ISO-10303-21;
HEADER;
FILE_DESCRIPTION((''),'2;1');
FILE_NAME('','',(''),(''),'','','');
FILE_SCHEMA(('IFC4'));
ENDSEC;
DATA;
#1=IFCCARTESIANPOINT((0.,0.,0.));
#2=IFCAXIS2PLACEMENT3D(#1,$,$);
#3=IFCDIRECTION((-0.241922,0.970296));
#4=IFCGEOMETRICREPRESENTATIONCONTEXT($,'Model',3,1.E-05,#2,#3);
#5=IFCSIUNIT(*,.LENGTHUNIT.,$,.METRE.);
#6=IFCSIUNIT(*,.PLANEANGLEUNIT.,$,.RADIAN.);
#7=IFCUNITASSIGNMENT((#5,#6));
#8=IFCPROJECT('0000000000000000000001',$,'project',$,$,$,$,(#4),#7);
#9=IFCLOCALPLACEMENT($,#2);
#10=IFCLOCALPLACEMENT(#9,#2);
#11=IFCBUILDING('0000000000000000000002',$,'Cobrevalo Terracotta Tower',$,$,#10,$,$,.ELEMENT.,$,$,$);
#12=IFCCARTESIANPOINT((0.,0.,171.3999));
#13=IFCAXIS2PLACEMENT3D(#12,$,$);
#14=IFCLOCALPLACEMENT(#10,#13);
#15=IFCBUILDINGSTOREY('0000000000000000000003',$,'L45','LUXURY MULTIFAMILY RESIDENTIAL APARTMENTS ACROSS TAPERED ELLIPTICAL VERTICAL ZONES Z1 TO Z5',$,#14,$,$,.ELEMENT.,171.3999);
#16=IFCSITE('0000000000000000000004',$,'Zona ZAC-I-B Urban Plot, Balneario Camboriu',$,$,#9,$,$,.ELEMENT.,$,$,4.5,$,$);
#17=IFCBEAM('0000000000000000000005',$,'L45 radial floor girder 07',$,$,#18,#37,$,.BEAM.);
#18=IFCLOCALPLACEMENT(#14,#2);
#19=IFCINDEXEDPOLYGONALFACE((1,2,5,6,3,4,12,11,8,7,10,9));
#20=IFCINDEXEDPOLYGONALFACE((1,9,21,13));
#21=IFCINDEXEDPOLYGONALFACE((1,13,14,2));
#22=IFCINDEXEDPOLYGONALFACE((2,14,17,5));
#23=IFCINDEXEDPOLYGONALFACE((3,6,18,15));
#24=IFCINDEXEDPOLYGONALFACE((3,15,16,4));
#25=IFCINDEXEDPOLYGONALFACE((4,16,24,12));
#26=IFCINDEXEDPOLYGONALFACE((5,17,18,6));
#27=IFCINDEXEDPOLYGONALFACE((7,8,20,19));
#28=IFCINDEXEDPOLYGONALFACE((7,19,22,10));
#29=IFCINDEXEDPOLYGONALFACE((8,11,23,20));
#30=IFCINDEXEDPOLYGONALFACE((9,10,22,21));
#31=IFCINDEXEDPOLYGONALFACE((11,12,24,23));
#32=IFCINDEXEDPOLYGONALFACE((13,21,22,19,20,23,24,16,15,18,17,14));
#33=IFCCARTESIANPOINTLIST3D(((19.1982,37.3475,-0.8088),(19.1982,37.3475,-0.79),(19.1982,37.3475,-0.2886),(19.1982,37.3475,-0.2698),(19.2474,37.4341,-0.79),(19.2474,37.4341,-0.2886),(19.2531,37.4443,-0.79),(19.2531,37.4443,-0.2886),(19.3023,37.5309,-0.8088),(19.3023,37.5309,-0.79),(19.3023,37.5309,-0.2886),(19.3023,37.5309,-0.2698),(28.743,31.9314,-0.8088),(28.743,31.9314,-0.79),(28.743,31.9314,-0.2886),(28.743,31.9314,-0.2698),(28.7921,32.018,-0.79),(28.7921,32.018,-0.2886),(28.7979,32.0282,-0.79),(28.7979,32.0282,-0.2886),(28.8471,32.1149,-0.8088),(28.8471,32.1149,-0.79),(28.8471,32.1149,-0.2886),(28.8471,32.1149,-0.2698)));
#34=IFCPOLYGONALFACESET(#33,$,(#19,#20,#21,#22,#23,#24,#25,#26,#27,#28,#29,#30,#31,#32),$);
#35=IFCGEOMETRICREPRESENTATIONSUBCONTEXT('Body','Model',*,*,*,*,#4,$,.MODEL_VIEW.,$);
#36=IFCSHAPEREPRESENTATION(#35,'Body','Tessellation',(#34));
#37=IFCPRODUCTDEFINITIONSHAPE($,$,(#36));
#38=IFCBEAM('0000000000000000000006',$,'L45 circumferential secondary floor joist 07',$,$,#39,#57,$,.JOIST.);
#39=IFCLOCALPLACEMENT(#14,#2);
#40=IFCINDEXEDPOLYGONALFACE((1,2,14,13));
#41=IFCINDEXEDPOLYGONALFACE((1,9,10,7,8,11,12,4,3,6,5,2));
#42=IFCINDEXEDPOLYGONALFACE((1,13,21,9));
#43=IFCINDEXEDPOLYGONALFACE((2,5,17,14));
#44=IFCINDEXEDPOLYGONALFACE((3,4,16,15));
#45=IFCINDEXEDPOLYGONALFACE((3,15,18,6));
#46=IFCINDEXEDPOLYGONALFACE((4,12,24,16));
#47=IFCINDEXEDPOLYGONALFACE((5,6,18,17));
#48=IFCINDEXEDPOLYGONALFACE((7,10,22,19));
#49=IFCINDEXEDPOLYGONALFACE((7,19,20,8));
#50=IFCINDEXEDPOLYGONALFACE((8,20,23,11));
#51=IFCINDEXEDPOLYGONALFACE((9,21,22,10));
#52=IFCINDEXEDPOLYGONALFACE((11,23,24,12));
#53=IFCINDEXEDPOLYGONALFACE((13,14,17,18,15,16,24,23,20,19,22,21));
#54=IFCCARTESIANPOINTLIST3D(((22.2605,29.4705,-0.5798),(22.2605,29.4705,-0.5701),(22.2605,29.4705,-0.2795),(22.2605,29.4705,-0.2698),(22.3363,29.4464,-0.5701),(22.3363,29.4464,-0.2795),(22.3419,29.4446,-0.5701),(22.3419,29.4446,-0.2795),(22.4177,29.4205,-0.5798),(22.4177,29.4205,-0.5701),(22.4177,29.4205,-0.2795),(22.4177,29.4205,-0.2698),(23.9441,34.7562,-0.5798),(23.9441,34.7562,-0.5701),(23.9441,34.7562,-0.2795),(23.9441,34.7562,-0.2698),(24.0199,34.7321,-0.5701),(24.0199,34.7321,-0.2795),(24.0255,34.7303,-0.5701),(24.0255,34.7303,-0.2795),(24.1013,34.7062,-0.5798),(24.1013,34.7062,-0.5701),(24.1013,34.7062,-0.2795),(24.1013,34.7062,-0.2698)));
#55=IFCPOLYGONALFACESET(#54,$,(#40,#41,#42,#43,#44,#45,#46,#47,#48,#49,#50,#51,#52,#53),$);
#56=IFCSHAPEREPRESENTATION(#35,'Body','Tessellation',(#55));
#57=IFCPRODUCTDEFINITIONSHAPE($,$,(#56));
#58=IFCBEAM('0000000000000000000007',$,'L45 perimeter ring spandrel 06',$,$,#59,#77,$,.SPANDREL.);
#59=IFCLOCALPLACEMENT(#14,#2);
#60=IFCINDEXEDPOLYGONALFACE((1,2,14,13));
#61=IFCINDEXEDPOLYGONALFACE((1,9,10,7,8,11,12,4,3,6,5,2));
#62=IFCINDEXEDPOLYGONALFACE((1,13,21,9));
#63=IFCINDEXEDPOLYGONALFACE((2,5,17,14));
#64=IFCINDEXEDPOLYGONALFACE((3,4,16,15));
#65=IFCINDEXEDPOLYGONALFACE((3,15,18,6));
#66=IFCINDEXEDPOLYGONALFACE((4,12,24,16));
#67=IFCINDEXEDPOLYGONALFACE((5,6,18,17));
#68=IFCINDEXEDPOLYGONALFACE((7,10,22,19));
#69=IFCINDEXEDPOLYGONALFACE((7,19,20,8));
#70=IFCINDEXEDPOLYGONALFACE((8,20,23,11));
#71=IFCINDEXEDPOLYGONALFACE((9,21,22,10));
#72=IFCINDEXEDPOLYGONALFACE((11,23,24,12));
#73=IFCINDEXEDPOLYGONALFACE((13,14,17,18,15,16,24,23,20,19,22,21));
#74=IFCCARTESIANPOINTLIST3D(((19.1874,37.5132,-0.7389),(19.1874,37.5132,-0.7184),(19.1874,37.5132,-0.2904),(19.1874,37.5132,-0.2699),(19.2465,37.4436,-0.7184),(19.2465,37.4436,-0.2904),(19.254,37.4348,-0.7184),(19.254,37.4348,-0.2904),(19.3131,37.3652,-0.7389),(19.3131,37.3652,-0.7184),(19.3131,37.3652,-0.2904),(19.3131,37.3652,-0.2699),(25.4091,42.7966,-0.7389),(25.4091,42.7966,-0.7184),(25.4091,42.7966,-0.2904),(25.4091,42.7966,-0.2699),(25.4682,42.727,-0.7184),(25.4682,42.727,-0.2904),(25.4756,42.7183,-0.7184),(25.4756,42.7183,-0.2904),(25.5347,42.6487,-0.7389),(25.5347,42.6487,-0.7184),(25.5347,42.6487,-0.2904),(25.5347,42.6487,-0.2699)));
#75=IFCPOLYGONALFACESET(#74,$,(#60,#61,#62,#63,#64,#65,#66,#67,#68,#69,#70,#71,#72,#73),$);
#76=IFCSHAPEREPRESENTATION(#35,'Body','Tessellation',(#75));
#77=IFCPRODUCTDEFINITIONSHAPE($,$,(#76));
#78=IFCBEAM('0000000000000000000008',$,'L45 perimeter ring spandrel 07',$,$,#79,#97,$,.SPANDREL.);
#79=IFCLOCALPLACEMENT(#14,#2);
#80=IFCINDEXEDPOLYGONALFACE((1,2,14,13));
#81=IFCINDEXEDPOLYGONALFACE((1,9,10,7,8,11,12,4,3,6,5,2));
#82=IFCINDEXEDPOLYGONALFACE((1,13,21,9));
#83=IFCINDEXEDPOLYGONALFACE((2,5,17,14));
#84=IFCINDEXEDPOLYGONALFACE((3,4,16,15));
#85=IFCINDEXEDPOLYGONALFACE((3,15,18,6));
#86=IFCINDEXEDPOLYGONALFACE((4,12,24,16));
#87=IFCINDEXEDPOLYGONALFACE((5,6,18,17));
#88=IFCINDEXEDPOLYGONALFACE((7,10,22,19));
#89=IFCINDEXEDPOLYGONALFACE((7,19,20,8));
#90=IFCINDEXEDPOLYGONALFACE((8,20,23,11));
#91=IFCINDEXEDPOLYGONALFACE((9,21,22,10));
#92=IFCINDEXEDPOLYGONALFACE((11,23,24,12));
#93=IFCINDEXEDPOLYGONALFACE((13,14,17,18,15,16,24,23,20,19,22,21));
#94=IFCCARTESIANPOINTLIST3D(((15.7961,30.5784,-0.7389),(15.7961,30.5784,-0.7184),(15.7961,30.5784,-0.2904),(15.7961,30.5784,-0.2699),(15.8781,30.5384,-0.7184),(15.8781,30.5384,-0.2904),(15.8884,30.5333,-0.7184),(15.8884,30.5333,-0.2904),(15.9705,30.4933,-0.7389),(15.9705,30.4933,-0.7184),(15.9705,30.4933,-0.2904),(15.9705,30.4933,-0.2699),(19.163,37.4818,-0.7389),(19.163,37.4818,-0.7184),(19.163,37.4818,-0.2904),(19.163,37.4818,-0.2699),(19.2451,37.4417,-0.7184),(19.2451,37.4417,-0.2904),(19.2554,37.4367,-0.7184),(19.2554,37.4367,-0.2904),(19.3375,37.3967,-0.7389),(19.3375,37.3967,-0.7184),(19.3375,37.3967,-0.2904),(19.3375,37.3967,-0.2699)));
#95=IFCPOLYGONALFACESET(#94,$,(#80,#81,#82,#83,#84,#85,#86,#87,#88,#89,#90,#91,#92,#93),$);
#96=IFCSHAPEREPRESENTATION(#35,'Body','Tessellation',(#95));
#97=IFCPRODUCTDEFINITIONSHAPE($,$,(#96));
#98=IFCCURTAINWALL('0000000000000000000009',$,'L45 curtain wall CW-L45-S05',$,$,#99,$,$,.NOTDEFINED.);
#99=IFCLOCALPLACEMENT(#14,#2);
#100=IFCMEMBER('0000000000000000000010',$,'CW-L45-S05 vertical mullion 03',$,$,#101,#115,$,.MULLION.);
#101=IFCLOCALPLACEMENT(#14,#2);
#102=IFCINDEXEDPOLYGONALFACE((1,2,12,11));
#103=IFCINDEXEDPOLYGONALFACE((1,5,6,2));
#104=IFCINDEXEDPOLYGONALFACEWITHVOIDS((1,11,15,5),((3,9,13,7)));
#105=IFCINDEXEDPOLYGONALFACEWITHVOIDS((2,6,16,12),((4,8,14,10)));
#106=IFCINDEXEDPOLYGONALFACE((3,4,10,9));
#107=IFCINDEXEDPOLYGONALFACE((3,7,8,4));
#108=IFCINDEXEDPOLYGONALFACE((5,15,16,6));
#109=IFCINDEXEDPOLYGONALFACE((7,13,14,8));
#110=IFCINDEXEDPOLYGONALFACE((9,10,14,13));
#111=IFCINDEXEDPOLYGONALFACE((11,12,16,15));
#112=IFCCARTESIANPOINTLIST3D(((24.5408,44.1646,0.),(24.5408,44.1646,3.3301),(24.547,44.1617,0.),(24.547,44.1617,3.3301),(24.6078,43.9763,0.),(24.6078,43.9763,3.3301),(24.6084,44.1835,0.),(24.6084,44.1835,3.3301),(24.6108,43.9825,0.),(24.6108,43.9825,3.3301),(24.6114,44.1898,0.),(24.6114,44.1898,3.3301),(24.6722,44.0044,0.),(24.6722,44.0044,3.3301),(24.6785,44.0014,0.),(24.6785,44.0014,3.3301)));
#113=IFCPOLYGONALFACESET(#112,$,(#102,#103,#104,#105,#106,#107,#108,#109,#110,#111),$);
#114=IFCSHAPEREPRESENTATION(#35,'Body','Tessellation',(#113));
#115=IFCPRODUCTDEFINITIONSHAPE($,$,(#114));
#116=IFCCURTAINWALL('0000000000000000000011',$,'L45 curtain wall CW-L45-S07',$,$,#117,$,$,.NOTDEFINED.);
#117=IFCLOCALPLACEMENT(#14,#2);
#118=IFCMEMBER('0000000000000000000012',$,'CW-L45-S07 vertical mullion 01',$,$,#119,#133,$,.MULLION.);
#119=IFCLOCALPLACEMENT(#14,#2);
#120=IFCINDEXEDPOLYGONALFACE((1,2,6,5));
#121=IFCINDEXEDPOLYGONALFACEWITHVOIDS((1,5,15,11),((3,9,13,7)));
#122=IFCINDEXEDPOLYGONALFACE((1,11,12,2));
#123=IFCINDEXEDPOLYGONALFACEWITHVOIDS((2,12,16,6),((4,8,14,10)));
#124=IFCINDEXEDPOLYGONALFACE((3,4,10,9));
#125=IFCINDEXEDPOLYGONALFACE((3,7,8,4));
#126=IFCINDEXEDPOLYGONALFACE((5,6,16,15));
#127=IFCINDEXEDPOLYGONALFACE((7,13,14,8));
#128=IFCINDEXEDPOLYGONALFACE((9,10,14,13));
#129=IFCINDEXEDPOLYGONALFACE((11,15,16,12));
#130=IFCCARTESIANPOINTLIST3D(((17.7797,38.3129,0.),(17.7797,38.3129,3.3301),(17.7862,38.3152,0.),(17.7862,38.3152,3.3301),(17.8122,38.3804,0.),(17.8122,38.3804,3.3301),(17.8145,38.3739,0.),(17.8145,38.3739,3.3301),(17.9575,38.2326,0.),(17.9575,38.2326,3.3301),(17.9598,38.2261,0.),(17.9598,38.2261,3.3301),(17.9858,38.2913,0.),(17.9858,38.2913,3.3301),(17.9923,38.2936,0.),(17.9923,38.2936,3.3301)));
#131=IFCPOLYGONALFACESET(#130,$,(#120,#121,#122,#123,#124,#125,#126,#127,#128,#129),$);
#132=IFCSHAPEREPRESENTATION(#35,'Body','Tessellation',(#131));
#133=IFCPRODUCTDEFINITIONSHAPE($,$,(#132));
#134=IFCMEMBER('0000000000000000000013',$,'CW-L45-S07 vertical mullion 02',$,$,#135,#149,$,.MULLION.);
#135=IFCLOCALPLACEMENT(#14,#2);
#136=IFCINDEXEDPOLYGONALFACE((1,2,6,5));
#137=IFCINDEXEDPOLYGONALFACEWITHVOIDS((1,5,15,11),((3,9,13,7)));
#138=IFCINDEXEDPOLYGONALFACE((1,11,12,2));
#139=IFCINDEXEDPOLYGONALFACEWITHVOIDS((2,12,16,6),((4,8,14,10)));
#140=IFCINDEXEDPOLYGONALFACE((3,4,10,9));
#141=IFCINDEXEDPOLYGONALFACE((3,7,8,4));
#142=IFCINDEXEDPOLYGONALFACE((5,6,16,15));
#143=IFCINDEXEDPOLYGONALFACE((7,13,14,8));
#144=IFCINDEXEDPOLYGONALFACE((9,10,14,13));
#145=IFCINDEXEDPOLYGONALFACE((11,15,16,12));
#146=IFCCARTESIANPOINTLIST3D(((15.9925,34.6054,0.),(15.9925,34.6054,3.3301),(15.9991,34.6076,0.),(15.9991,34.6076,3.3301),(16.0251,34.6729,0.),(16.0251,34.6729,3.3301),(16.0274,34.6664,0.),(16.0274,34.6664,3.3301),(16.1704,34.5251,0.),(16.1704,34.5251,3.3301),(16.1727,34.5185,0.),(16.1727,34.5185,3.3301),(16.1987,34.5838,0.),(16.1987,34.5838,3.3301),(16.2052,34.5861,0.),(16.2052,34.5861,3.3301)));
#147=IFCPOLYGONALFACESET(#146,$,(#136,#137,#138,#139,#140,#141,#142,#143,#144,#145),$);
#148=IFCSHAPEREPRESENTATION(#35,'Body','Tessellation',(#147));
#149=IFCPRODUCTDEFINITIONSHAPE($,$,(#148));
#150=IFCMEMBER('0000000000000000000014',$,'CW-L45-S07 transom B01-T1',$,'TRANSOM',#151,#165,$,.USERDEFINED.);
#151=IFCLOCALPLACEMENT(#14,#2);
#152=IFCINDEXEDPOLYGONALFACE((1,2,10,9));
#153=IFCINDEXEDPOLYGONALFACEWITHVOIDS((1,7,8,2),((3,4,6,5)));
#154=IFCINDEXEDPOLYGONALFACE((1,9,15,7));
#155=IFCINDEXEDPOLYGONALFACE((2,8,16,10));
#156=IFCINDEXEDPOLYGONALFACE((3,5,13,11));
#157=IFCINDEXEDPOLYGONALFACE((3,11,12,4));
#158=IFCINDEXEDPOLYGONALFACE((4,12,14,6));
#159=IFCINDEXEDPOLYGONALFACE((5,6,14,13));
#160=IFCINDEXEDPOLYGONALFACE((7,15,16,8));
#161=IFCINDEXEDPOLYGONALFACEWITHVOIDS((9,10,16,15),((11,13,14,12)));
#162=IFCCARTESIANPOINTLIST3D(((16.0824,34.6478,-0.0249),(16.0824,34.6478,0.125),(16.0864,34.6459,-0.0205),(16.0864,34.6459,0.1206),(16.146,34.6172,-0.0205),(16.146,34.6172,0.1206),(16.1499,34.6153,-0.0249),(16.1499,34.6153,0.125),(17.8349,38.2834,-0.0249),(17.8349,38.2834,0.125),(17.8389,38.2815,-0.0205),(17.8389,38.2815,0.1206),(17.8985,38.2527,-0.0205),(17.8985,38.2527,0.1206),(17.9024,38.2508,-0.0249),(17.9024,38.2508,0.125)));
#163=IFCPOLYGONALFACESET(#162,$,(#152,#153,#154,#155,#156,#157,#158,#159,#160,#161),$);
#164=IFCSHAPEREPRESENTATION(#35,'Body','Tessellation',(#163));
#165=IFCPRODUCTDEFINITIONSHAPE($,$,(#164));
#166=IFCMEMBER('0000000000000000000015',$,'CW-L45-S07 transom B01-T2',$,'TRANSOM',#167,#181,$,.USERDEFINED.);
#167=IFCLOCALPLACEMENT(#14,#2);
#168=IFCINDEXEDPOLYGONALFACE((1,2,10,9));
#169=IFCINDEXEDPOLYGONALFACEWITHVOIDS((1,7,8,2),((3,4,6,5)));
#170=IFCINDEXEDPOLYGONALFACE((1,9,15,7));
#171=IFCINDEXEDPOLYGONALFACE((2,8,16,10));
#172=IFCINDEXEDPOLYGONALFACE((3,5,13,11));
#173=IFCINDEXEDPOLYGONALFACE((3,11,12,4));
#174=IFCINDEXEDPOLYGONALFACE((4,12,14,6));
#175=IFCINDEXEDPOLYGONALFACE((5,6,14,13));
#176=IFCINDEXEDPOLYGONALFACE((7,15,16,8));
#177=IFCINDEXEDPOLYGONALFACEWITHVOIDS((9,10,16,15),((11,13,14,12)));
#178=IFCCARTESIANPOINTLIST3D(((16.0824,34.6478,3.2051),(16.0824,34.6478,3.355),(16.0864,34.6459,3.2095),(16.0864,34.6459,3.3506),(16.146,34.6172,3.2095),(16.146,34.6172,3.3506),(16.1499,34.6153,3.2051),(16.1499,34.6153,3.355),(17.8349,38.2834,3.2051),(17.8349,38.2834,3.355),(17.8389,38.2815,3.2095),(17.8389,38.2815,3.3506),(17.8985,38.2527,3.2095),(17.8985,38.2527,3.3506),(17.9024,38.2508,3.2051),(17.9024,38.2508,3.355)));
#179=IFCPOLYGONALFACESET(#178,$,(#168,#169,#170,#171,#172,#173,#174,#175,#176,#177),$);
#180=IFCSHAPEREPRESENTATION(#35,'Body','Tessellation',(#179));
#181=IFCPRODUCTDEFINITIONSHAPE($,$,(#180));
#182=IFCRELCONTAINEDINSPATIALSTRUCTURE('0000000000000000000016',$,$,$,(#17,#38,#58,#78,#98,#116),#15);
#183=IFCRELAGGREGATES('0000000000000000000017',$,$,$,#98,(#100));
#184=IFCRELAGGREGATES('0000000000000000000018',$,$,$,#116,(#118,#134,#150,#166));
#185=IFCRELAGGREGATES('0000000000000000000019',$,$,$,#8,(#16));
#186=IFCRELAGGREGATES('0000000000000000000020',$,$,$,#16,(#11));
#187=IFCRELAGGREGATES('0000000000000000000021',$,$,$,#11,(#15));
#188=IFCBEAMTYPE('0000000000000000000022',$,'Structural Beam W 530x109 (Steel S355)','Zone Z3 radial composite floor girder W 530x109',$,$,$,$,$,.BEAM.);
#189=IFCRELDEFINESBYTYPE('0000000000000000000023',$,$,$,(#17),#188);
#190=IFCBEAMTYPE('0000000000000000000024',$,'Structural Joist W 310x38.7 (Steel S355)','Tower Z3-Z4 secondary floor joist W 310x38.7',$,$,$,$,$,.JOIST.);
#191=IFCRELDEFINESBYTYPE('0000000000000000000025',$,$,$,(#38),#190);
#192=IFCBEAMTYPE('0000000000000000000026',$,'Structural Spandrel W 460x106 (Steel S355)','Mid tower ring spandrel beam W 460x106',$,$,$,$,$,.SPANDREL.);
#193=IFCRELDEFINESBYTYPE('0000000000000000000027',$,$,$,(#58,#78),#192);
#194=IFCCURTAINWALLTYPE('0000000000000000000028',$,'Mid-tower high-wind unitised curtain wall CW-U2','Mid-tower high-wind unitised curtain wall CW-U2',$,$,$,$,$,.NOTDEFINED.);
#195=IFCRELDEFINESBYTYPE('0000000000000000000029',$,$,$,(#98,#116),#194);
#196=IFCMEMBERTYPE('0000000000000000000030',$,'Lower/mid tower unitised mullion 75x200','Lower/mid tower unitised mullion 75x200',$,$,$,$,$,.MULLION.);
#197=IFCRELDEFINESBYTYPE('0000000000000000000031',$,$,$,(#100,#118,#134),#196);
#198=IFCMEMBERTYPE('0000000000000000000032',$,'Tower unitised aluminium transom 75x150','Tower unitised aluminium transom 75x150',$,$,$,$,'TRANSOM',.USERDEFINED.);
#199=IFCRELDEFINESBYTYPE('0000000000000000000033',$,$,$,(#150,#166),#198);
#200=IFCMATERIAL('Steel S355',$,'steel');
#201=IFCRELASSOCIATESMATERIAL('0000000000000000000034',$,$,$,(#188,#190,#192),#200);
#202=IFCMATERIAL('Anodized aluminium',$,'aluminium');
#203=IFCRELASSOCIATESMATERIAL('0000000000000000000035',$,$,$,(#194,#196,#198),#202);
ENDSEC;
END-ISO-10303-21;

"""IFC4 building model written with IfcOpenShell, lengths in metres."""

from ifc_helpers import new_model, si_unit, direction, frame, origin, origin_2d, place, context, subcontext, project, spatial, hollow_rectangle, i_section, extrude, source, transform, mapped, material, material_profile, profile_set, type_object, element, aggregate, save


model = new_model("IFC4")

# Units and contexts
model_context = context("Model", 3, precision=1e-05, world=origin(), true_north=direction((-0.241922, 0.970296)))
body_context = subcontext(model_context, "Body", "Model", "MODEL_VIEW")
ifc_project = project(units=[si_unit("LENGTHUNIT", "METRE"), si_unit("PLANEANGLEUNIT", "RADIAN")], contexts=[model_context])

# Site, building, storey
site_placement = place(None, origin())
site = spatial("IfcSite", under=ifc_project, at=site_placement, Name="Zona ZAC-I-B Urban Plot, Balneario Camboriu", CompositionType="ELEMENT", RefElevation=4.5)
building_placement = place(site_placement, origin())
building = spatial("IfcBuilding", under=site, at=building_placement, Name="Cobrevalo Terracotta Tower", CompositionType="ELEMENT")
storey_placement = place(building_placement, frame((0.0, 0.0, 171.3999)))
storey = spatial("IfcBuildingStorey", under=building, at=storey_placement, Name="L45", Description="LUXURY MULTIFAMILY RESIDENTIAL APARTMENTS ACROSS TAPERED ELLIPTICAL VERTICAL ZONES Z1 TO Z5", CompositionType="ELEMENT", Elevation=171.3999)

# Shared definitions
ifc_material_1 = material(Name="Steel S355", Category="steel")

# Beams
ifc_material_profile_1 = material_profile(ifc_material_1, i_section(OverallWidth=0.2109, OverallDepth=0.5391, WebThickness=0.0117, FlangeThickness=0.0188, at=origin_2d()), Name="W 530x109")
ifc_profile_set_1 = profile_set([ifc_material_profile_1], Name="Steel S355")
beam_type_1 = type_object("IfcBeamType", Name="Structural Beam W 530x109 (Steel S355)", Description="Zone Z3 radial composite floor girder W 530x109", PredefinedType="BEAM", material=ifc_profile_set_1)
beam_1_placement = place(storey_placement, frame((19.2502, 37.4392, -0.5393), z_axis=(0.869734, -0.49352, 0.0), x_axis=(0.49352, 0.869734, 0.0)))
element("IfcBeam", 1, at=beam_1_placement, inside=storey, type_object=beam_type_1, Name="L45 radial floor girder 07", PredefinedType="BEAM", context=body_context, shape_type="SweptSolid", body=[
    extrude(i_section(OverallWidth=0.2109, OverallDepth=0.5391, WebThickness=0.0117, FlangeThickness=0.0188, at=origin_2d()), origin(), (0.0, 0.0, 1.0), 10.9744),
])
ifc_material_profile_2 = material_profile(ifc_material_1, i_section(OverallWidth=0.165, OverallDepth=0.3101, WebThickness=0.0059, FlangeThickness=0.0098, at=origin_2d()), Name="W 310x38.7")
ifc_profile_set_2 = profile_set([ifc_material_profile_2], Name="Steel S355")
beam_type_2 = type_object("IfcBeamType", Name="Structural Joist W 310x38.7 (Steel S355)", Description="Tower Z3-Z4 secondary floor joist W 310x38.7", PredefinedType="JOIST", material=ifc_profile_set_2)
beam_2_placement = place(storey_placement, frame((24.0227, 34.7312, -0.4248), z_axis=(-0.303498, -0.952832, 0.0), x_axis=(0.952832, -0.303498, 0.0)))
element("IfcBeam", 2, at=beam_2_placement, inside=storey, type_object=beam_type_2, Name="L45 circumferential secondary floor joist 07", PredefinedType="JOIST", context=body_context, shape_type="SweptSolid", body=[
    extrude(i_section(OverallWidth=0.165, OverallDepth=0.3101, WebThickness=0.0059, FlangeThickness=0.0098, at=origin_2d()), origin(), (0.0, 0.0, 1.0), 5.5474),
])
ifc_material_profile_3 = material_profile(ifc_material_1, i_section(OverallWidth=0.1941, OverallDepth=0.469, WebThickness=0.0115, FlangeThickness=0.0205, at=origin_2d()), Name="W 460x106")
ifc_profile_set_3 = profile_set([ifc_material_profile_3], Name="Steel S355")
beam_type_3 = type_object("IfcBeamType", Name="Structural Spandrel W 460x106 (Steel S355)", Description="Mid tower ring spandrel beam W 460x106", PredefinedType="SPANDREL", material=ifc_profile_set_3)
beam_3_placement = place(storey_placement, frame((25.4719, 42.7227, -0.5044), z_axis=(-0.76224, -0.647294, 0.0), x_axis=(0.647294, -0.76224, 0.0)))
element("IfcBeam", 3, at=beam_3_placement, inside=storey, type_object=beam_type_3, Name="L45 perimeter ring spandrel 06", PredefinedType="SPANDREL", context=body_context, shape_type="SweptSolid", body=[
    extrude(i_section(OverallWidth=0.1941, OverallDepth=0.469, WebThickness=0.0115, FlangeThickness=0.0205, at=origin_2d()), origin(), (0.0, 0.0, 1.0), 8.1624),
])
beam_4_placement = place(storey_placement, frame((19.2502, 37.4392, -0.5044), z_axis=(-0.438368, -0.898796, 0.0), x_axis=(0.898796, -0.438368, 0.0)))
element("IfcBeam", 4, at=beam_4_placement, inside=storey, type_object=beam_type_3, Name="L45 perimeter ring spandrel 07", PredefinedType="SPANDREL", context=body_context, shape_type="SweptSolid", body=[
    extrude(i_section(OverallWidth=0.1941, OverallDepth=0.469, WebThickness=0.0115, FlangeThickness=0.0205, at=origin_2d()), origin(), (0.0, 0.0, 1.0), 7.6807),
])

# Curtain wall, member
ifc_material_2 = material(Name="Anodized aluminium", Category="aluminium")
curtain_wall_type = type_object("IfcCurtainWallType", Name="Mid-tower high-wind unitised curtain wall CW-U2", Description="Mid-tower high-wind unitised curtain wall CW-U2", PredefinedType="NOTDEFINED", material=ifc_material_2)
curtain_wall_1_placement = place(storey_placement, origin())
curtain_wall_1 = element("IfcCurtainWall", 5, at=curtain_wall_1_placement, inside=storey, type_object=curtain_wall_type, Name="L45 curtain wall CW-L45-S05", PredefinedType="NOTDEFINED")
ifc_material_profile_4 = material_profile(ifc_material_2, hollow_rectangle(XDim=0.075, YDim=0.2, WallThickness=0.0049, at=origin_2d()), Name="CWM 75x200")
ifc_profile_set_4 = profile_set([ifc_material_profile_4], Name="Anodized aluminium")
member_type_1 = type_object("IfcMemberType", Name="Lower/mid tower unitised mullion 75x200", Description="Lower/mid tower unitised mullion 75x200", PredefinedType="MULLION", material=ifc_profile_set_4)
shared_shape_1 = source(origin(), body_context, "Body", "SweptSolid", [
    extrude(hollow_rectangle(XDim=0.075, YDim=0.2, WallThickness=0.0049, at=origin_2d()), origin(), (0.0, 0.0, 1.0), 3.3301),
])
member_1_placement = place(storey_placement, frame((24.6096, 44.083, 0.0), z_axis=(0.0, 0.0, 1.0), x_axis=(-0.942098, -0.335336, 0.0)))
member_1 = element("IfcMember", 6, at=member_1_placement, type_object=member_type_1, Name="CW-L45-S05 vertical mullion 03", PredefinedType="MULLION", context=body_context, shape_type="MappedRepresentation", body=[
    mapped(shared_shape_1, transform((0.0, 0.0, 0.0), scale=1.0)),
])
aggregate(curtain_wall_1, [member_1])

# Curtain wall, members
curtain_wall_2_placement = place(storey_placement, origin())
curtain_wall_2 = element("IfcCurtainWall", 7, at=curtain_wall_2_placement, inside=storey, type_object=curtain_wall_type, Name="L45 curtain wall CW-L45-S07", PredefinedType="NOTDEFINED")
member_2_placement = place(storey_placement, frame((17.886, 38.3032, 0.0), z_axis=(0.0, 0.0, 1.0), x_axis=(-0.434209, -0.900812, 0.0)))
member_2 = element("IfcMember", 8, at=member_2_placement, type_object=member_type_1, Name="CW-L45-S07 vertical mullion 01", PredefinedType="MULLION", context=body_context, shape_type="MappedRepresentation", body=[
    mapped(shared_shape_1, transform((0.0, 0.0, 0.0), scale=1.0)),
])
member_3_placement = place(storey_placement, frame((16.0989, 34.5957, 0.0), z_axis=(0.0, 0.0, 1.0), x_axis=(-0.434209, -0.900812, 0.0)))
member_3 = element("IfcMember", 9, at=member_3_placement, type_object=member_type_1, Name="CW-L45-S07 vertical mullion 02", PredefinedType="MULLION", context=body_context, shape_type="MappedRepresentation", body=[
    mapped(shared_shape_1, transform((0.0, 0.0, 0.0), scale=1.0)),
])
ifc_material_profile_5 = material_profile(ifc_material_2, hollow_rectangle(XDim=0.075, YDim=0.1499, WallThickness=0.0044, at=origin_2d()), Name="CWT 75x150")
ifc_profile_set_5 = profile_set([ifc_material_profile_5], Name="Anodized aluminium")
member_type_2 = type_object("IfcMemberType", Name="Tower unitised aluminium transom 75x150", Description="Tower unitised aluminium transom 75x150", ElementType="TRANSOM", PredefinedType="USERDEFINED", material=ifc_profile_set_5)
shared_shape_2 = source(origin(), body_context, "Body", "SweptSolid", [
    extrude(hollow_rectangle(XDim=0.075, YDim=0.1499, WallThickness=0.0044, at=origin_2d()), origin(), (0.0, 0.0, 1.0), 4.0359),
])
member_4_placement = place(storey_placement, frame((17.8687, 38.2671, 0.05), z_axis=(-0.434221, -0.900806, 0.0), x_axis=(0.900806, -0.434221, 0.0)))
member_4 = element("IfcMember", 10, at=member_4_placement, type_object=member_type_2, Name="CW-L45-S07 transom B01-T1", ObjectType="TRANSOM", PredefinedType="USERDEFINED", context=body_context, shape_type="MappedRepresentation", body=[
    mapped(shared_shape_2, transform((0.0, 0.0, 0.0), scale=1.0)),
])
member_5_placement = place(storey_placement, frame((17.8687, 38.2671, 3.28), z_axis=(-0.434221, -0.900806, 0.0), x_axis=(0.900806, -0.434221, 0.0)))
member_5 = element("IfcMember", 11, at=member_5_placement, type_object=member_type_2, Name="CW-L45-S07 transom B01-T2", ObjectType="TRANSOM", PredefinedType="USERDEFINED", context=body_context, shape_type="MappedRepresentation", body=[
    mapped(shared_shape_2, transform((0.0, 0.0, 0.0), scale=1.0)),
])
aggregate(curtain_wall_2, [member_2, member_3, member_4, member_5])

save(model, "model.ifc")
